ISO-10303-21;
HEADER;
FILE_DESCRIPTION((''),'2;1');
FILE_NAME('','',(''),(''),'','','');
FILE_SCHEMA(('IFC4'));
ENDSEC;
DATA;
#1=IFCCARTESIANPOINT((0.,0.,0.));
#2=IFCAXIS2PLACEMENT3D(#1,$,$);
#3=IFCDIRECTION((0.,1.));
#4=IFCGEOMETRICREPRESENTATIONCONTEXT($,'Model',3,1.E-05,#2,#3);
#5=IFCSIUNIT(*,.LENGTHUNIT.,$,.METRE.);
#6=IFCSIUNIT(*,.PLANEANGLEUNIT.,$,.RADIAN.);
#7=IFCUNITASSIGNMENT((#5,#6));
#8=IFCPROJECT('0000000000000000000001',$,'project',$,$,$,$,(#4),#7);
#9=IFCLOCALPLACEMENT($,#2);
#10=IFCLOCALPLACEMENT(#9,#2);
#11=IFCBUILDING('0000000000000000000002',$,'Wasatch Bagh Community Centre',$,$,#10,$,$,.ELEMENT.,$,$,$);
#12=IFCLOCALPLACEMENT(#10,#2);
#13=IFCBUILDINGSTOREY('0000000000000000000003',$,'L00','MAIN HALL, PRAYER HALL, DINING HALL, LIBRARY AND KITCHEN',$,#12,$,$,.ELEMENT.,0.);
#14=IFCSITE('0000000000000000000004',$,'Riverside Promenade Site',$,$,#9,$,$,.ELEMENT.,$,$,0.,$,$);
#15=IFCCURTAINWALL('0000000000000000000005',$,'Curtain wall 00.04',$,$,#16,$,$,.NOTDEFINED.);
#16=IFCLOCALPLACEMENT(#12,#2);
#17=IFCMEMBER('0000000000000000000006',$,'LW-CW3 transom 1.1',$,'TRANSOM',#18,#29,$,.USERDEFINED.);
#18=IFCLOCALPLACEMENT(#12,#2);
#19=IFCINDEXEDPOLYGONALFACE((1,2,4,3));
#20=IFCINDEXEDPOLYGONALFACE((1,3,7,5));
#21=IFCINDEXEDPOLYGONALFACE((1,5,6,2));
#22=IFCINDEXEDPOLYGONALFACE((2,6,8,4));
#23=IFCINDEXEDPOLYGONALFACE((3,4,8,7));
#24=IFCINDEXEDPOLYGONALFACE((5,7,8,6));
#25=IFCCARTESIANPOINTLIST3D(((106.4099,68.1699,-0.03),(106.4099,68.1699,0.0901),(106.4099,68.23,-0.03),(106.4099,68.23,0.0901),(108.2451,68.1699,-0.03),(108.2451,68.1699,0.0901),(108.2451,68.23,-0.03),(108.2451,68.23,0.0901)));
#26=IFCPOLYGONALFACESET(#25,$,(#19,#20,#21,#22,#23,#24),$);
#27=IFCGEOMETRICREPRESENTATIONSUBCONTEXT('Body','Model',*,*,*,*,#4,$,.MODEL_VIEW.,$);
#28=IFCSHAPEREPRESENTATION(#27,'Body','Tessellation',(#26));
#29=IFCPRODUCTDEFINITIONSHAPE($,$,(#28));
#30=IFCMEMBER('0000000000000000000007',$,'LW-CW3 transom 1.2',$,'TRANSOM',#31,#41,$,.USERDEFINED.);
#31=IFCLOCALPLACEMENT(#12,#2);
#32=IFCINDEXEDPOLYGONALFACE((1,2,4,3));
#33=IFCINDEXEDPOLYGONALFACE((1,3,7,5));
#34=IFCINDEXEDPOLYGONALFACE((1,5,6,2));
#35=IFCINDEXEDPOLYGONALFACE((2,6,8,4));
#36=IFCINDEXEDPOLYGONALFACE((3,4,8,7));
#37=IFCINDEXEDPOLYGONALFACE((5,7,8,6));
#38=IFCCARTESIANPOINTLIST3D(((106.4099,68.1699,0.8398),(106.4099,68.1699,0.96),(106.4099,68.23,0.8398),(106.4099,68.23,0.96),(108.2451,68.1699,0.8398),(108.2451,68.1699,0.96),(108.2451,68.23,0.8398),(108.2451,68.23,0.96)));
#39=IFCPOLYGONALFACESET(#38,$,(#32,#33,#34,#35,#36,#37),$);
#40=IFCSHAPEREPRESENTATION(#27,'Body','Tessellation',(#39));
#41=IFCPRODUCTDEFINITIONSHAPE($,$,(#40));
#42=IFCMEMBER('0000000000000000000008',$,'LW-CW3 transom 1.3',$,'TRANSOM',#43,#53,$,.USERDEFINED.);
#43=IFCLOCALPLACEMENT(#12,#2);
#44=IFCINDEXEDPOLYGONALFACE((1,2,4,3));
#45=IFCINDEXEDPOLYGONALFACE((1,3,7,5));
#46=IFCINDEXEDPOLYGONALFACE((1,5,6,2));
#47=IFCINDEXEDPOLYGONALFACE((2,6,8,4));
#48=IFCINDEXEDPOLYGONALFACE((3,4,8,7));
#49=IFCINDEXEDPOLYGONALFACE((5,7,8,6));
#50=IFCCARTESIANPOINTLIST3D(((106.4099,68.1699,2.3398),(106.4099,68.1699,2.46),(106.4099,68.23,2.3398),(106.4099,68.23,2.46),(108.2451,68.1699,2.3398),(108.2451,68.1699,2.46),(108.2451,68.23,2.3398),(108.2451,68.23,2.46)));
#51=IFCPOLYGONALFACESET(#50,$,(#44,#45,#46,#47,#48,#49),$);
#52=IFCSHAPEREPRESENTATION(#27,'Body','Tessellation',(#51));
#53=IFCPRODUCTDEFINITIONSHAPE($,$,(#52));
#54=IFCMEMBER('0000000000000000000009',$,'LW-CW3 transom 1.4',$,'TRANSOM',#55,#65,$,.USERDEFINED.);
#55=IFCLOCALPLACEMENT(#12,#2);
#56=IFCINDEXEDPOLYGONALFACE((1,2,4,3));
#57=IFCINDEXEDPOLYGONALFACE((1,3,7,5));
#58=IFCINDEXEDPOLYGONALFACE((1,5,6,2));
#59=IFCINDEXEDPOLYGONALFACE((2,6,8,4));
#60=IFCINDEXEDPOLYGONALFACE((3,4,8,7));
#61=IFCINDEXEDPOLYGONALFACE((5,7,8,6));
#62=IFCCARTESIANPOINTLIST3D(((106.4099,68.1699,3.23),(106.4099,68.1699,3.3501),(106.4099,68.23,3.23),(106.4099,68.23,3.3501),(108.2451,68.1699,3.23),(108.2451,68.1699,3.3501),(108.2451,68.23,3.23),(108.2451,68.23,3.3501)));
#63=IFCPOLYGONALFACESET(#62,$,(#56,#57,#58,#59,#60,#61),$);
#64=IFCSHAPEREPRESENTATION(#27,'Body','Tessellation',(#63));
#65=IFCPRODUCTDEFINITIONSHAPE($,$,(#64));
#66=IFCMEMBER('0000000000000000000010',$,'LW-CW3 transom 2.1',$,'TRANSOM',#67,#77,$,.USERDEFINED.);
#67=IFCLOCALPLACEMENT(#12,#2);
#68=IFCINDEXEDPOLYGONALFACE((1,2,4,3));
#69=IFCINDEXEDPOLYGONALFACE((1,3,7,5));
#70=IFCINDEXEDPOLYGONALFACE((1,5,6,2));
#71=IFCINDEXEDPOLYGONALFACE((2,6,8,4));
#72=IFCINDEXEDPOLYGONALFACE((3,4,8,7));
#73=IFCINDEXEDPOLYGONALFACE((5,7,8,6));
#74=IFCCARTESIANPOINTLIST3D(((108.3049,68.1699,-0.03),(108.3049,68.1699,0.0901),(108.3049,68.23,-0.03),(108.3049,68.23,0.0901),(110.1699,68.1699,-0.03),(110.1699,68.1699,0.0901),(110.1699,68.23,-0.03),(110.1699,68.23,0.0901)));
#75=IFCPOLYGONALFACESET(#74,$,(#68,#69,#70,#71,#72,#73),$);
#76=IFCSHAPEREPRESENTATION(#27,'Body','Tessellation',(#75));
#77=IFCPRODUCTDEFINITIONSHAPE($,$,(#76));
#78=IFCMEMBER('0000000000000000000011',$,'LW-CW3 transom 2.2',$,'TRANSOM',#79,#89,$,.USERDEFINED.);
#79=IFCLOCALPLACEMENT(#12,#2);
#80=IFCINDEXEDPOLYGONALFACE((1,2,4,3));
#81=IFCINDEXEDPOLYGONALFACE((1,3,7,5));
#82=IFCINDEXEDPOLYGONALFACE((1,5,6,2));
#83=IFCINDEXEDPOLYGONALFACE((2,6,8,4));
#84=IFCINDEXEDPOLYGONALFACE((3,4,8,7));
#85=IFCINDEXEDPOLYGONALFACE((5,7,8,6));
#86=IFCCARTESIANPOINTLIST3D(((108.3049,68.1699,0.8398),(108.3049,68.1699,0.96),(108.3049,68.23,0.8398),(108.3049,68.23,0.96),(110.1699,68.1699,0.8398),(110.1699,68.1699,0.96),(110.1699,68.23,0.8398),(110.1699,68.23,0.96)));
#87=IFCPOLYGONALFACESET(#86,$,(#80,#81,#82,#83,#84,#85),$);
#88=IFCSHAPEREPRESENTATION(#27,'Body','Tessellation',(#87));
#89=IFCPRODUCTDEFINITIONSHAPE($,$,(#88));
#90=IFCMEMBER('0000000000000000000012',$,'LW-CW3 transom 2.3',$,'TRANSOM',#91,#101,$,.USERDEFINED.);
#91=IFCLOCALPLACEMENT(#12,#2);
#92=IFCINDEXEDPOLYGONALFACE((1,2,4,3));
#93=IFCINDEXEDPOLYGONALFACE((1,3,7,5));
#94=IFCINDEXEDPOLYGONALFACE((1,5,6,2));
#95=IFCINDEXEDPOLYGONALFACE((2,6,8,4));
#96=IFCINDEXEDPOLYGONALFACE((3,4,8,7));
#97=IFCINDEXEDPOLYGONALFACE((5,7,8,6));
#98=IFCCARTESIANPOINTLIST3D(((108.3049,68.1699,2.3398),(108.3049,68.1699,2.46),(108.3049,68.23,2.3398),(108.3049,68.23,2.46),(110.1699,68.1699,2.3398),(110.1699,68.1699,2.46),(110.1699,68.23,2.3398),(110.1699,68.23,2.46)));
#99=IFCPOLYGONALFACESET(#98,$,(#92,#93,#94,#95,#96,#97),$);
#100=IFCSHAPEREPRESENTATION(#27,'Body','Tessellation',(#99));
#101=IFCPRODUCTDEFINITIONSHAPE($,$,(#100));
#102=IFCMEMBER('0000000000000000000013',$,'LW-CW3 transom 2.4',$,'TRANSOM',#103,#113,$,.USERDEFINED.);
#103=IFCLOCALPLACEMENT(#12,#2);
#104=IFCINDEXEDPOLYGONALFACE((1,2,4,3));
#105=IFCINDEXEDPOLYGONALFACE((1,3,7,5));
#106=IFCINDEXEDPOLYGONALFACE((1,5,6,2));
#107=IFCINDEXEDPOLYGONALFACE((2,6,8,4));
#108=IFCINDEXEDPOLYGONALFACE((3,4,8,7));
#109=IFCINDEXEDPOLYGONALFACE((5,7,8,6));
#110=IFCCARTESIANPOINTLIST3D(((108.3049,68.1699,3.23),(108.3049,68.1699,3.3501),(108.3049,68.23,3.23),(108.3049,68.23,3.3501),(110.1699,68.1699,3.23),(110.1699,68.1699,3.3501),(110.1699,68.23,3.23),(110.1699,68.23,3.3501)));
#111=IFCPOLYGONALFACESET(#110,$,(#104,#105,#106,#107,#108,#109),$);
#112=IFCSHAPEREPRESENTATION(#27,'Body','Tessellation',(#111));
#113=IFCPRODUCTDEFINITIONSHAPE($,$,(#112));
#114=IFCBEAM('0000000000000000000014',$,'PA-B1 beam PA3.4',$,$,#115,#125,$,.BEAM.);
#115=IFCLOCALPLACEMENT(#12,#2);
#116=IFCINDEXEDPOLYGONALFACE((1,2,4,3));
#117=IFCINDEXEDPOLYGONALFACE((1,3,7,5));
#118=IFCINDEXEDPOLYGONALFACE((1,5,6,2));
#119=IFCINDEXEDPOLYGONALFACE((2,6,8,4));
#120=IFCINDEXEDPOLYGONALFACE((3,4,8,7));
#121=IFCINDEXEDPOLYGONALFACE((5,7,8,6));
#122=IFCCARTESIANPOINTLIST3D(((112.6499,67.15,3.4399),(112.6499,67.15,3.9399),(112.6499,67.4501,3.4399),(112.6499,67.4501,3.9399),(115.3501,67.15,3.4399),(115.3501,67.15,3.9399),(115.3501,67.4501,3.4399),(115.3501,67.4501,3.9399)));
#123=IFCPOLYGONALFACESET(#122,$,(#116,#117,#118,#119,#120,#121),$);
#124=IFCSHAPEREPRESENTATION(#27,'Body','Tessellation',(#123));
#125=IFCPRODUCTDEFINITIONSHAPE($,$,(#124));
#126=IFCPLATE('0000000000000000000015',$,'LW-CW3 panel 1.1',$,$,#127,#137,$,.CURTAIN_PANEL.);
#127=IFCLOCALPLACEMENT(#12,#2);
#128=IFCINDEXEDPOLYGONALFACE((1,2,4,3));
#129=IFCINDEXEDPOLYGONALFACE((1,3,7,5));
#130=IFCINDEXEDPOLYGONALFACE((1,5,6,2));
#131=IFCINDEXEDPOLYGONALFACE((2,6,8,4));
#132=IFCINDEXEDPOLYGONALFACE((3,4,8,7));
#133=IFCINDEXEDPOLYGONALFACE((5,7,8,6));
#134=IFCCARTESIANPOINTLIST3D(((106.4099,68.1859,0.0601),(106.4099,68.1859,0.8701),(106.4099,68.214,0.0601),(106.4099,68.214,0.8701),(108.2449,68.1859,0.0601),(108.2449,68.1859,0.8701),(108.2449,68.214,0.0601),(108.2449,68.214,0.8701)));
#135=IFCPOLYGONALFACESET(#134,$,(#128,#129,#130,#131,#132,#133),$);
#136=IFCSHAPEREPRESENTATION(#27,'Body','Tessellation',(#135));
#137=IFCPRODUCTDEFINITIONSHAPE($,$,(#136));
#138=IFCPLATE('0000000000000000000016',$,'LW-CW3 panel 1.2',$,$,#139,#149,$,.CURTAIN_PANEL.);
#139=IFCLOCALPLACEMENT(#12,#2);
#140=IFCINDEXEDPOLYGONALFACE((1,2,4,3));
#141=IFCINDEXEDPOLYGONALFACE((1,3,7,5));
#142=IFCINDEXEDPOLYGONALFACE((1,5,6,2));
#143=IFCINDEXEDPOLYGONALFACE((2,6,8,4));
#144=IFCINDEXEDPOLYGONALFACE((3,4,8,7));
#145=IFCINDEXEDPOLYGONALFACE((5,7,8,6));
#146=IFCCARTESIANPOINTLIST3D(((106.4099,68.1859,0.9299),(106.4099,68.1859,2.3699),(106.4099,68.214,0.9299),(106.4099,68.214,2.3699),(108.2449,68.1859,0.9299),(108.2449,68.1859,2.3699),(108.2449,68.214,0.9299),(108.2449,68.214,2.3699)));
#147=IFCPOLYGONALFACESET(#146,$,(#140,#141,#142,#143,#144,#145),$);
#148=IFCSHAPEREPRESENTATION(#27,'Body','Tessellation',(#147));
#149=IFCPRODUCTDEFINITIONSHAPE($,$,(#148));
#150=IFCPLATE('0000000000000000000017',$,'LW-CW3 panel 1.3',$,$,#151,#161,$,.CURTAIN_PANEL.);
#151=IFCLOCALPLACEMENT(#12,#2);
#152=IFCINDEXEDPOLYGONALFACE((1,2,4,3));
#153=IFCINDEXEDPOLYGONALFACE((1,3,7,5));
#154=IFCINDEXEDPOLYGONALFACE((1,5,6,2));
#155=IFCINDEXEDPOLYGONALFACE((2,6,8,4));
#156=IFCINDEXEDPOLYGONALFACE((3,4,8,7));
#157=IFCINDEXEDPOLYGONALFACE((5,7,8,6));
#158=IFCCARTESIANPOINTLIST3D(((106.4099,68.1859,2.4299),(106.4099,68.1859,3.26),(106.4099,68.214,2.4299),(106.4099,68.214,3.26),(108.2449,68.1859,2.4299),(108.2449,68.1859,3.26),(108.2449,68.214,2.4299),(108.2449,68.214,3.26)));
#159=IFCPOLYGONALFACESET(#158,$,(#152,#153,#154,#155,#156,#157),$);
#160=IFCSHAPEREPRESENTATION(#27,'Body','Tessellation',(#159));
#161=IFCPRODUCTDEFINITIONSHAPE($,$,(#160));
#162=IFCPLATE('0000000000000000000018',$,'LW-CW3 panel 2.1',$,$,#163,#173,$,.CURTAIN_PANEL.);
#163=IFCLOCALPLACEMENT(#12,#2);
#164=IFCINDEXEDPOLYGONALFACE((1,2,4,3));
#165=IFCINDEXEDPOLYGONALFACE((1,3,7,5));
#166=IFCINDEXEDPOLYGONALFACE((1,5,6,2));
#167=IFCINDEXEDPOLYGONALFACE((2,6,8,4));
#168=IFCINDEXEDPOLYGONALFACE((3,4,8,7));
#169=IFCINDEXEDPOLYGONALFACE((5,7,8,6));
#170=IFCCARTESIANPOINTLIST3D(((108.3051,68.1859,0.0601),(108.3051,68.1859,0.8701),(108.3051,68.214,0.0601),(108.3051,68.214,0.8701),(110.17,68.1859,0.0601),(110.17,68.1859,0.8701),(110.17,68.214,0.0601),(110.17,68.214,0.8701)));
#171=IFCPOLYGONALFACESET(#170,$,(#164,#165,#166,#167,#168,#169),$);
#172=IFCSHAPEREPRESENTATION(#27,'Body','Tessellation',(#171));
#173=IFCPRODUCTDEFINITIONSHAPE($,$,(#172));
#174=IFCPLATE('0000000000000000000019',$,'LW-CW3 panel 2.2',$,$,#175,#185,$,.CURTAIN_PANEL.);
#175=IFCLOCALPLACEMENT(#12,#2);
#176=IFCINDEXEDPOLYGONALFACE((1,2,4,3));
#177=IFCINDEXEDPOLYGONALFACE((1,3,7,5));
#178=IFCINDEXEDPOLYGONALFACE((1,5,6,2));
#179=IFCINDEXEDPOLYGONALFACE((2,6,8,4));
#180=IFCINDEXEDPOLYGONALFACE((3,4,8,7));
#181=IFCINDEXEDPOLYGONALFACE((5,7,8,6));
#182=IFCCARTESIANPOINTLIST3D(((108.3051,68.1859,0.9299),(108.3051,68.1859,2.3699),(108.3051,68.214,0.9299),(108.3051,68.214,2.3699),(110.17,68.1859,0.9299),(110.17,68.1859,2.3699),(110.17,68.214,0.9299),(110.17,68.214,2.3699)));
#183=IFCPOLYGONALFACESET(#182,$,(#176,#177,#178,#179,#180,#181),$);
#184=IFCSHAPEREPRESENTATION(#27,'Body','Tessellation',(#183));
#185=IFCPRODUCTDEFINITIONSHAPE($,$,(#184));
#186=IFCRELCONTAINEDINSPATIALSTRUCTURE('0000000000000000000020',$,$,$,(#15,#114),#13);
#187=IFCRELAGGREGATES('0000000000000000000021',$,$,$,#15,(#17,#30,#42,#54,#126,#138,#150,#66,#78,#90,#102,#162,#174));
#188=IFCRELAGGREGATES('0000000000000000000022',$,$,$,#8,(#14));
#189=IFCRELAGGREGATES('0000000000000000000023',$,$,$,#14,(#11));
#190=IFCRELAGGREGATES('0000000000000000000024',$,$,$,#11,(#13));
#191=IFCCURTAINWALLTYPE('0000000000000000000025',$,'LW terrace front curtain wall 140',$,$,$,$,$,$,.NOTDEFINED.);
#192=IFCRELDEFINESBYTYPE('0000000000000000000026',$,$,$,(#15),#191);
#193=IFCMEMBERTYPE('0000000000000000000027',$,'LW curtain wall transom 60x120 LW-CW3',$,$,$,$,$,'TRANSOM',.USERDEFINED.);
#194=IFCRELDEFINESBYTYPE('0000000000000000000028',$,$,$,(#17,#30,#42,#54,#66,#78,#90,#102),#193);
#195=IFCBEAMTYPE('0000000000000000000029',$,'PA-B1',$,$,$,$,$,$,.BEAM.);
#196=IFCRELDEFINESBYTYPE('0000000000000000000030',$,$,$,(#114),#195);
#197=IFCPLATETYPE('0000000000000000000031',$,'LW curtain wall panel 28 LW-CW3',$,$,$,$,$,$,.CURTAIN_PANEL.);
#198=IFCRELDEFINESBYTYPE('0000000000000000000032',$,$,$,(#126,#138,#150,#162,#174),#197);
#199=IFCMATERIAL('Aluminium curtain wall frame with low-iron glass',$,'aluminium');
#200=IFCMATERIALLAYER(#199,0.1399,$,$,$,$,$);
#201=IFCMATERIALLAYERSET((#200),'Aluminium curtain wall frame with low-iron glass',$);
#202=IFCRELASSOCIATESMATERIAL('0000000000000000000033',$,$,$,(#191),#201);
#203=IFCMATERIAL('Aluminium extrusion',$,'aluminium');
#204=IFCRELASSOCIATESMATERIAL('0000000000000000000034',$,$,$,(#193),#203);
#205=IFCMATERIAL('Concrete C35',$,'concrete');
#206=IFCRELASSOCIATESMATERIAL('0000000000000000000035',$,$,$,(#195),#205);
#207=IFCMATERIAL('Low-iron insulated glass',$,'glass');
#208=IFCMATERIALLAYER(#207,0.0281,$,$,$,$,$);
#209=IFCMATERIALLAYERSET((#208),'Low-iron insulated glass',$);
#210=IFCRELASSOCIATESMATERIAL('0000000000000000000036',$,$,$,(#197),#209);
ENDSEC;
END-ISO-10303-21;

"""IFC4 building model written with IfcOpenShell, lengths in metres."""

from ifc_helpers import new_model, si_unit, direction, frame, origin, origin_2d, place, context, subcontext, project, spatial, rectangle, extrude, material, layer, layer_set, material_profile, profile_set, type_object, element, aggregate, save


model = new_model("IFC4")

# Units and contexts
model_context = context("Model", 3, precision=1e-05, world=origin(), true_north=direction((0.0, 1.0)))
body_context = subcontext(model_context, "Body", "Model", "MODEL_VIEW")
ifc_project = project(units=[si_unit("LENGTHUNIT", "METRE"), si_unit("PLANEANGLEUNIT", "RADIAN")], contexts=[model_context])

# Site, building, storey
site_placement = place(None, origin())
site = spatial("IfcSite", under=ifc_project, at=site_placement, Name="Riverside Promenade Site", CompositionType="ELEMENT", RefElevation=0.0)
building_placement = place(site_placement, origin())
building = spatial("IfcBuilding", under=site, at=building_placement, Name="Wasatch Bagh Community Centre", CompositionType="ELEMENT")
storey_placement = place(building_placement, origin())
storey = spatial("IfcBuildingStorey", under=building, at=storey_placement, Name="L00", Description="MAIN HALL, PRAYER HALL, DINING HALL, LIBRARY AND KITCHEN", CompositionType="ELEMENT", Elevation=0.0)

# Shared definitions
ifc_material_1 = material(Name="Concrete C35", Category="concrete")

# Curtain wall, members
ifc_material_2 = material(Name="Aluminium curtain wall frame with low-iron glass", Category="aluminium")
ifc_layer_1 = layer(ifc_material_2, 0.1399)
ifc_layer_set_1 = layer_set([ifc_layer_1], Name="Aluminium curtain wall frame with low-iron glass")
curtain_wall_type = type_object("IfcCurtainWallType", Name="LW terrace front curtain wall 140", PredefinedType="NOTDEFINED", material=ifc_layer_set_1)
curtain_wall_placement = place(storey_placement, origin())
curtain_wall = element("IfcCurtainWall", 1, at=curtain_wall_placement, inside=storey, type_object=curtain_wall_type, Name="Curtain wall 00.04", PredefinedType="NOTDEFINED")
ifc_material_3 = material(Name="Aluminium extrusion", Category="aluminium")
ifc_material_profile_1 = material_profile(ifc_material_3, rectangle(XDim=0.0601, YDim=0.1201, at=origin_2d()), Name="AL 60x120")
ifc_profile_set_1 = profile_set([ifc_material_profile_1], Name="Aluminium extrusion")
member_type_1 = type_object("IfcMemberType", Name="LW curtain wall transom 60x120 LW-CW3", ElementType="TRANSOM", PredefinedType="USERDEFINED", material=ifc_profile_set_1)
member_1_placement = place(storey_placement, frame((106.4099, 68.2, 0.03), z_axis=(1.0, 0.0, 0.0), x_axis=(0.0, 1.0, 0.0)))
member_1 = element("IfcMember", 2, at=member_1_placement, type_object=member_type_1, Name="LW-CW3 transom 1.1", ObjectType="TRANSOM", PredefinedType="USERDEFINED", context=body_context, shape_type="SweptSolid", body=[
    extrude(rectangle(XDim=0.0601, YDim=0.1201, at=origin_2d()), origin(), (0.0, 0.0, 1.0), 1.8352),
])
member_2_placement = place(storey_placement, frame((106.4099, 68.2, 0.8999), z_axis=(1.0, 0.0, 0.0), x_axis=(0.0, 1.0, 0.0)))
member_2 = element("IfcMember", 3, at=member_2_placement, type_object=member_type_1, Name="LW-CW3 transom 1.2", ObjectType="TRANSOM", PredefinedType="USERDEFINED", context=body_context, shape_type="SweptSolid", body=[
    extrude(rectangle(XDim=0.0601, YDim=0.1201, at=origin_2d()), origin(), (0.0, 0.0, 1.0), 1.8352),
])
member_3_placement = place(storey_placement, frame((106.4099, 68.2, 2.3999), z_axis=(1.0, 0.0, 0.0), x_axis=(0.0, 1.0, 0.0)))
member_3 = element("IfcMember", 4, at=member_3_placement, type_object=member_type_1, Name="LW-CW3 transom 1.3", ObjectType="TRANSOM", PredefinedType="USERDEFINED", context=body_context, shape_type="SweptSolid", body=[
    extrude(rectangle(XDim=0.0601, YDim=0.1201, at=origin_2d()), origin(), (0.0, 0.0, 1.0), 1.8352),
])
member_4_placement = place(storey_placement, frame((106.4099, 68.2, 3.29), z_axis=(1.0, 0.0, 0.0), x_axis=(0.0, 1.0, 0.0)))
member_4 = element("IfcMember", 5, at=member_4_placement, type_object=member_type_1, Name="LW-CW3 transom 1.4", ObjectType="TRANSOM", PredefinedType="USERDEFINED", context=body_context, shape_type="SweptSolid", body=[
    extrude(rectangle(XDim=0.0601, YDim=0.1201, at=origin_2d()), origin(), (0.0, 0.0, 1.0), 1.8352),
])
member_5_placement = place(storey_placement, frame((108.3049, 68.2, 0.03), z_axis=(1.0, 0.0, 0.0), x_axis=(0.0, 1.0, 0.0)))
member_5 = element("IfcMember", 6, at=member_5_placement, type_object=member_type_1, Name="LW-CW3 transom 2.1", ObjectType="TRANSOM", PredefinedType="USERDEFINED", context=body_context, shape_type="SweptSolid", body=[
    extrude(rectangle(XDim=0.0601, YDim=0.1201, at=origin_2d()), origin(), (0.0, 0.0, 1.0), 1.865),
])
member_6_placement = place(storey_placement, frame((108.3049, 68.2, 0.8999), z_axis=(1.0, 0.0, 0.0), x_axis=(0.0, 1.0, 0.0)))
member_6 = element("IfcMember", 7, at=member_6_placement, type_object=member_type_1, Name="LW-CW3 transom 2.2", ObjectType="TRANSOM", PredefinedType="USERDEFINED", context=body_context, shape_type="SweptSolid", body=[
    extrude(rectangle(XDim=0.0601, YDim=0.1201, at=origin_2d()), origin(), (0.0, 0.0, 1.0), 1.865),
])
member_7_placement = place(storey_placement, frame((108.3049, 68.2, 2.3999), z_axis=(1.0, 0.0, 0.0), x_axis=(0.0, 1.0, 0.0)))
member_7 = element("IfcMember", 8, at=member_7_placement, type_object=member_type_1, Name="LW-CW3 transom 2.3", ObjectType="TRANSOM", PredefinedType="USERDEFINED", context=body_context, shape_type="SweptSolid", body=[
    extrude(rectangle(XDim=0.0601, YDim=0.1201, at=origin_2d()), origin(), (0.0, 0.0, 1.0), 1.865),
])
member_8_placement = place(storey_placement, frame((108.3049, 68.2, 3.29), z_axis=(1.0, 0.0, 0.0), x_axis=(0.0, 1.0, 0.0)))
member_8 = element("IfcMember", 9, at=member_8_placement, type_object=member_type_1, Name="LW-CW3 transom 2.4", ObjectType="TRANSOM", PredefinedType="USERDEFINED", context=body_context, shape_type="SweptSolid", body=[
    extrude(rectangle(XDim=0.0601, YDim=0.1201, at=origin_2d()), origin(), (0.0, 0.0, 1.0), 1.865),
])

# Beam
ifc_material_profile_2 = material_profile(ifc_material_1, rectangle(XDim=0.3, YDim=0.5, at=origin_2d()), Name="RC 300x500")
ifc_profile_set_2 = profile_set([ifc_material_profile_2], Name="Concrete C35")
beam_type = type_object("IfcBeamType", Name="PA-B1", PredefinedType="BEAM", material=ifc_profile_set_2)
beam_placement = place(storey_placement, frame((112.6499, 67.3, 3.6899), z_axis=(1.0, 0.0, 0.0), x_axis=(0.0, 1.0, 0.0)))
element("IfcBeam", 10, at=beam_placement, inside=storey, type_object=beam_type, Name="PA-B1 beam PA3.4", PredefinedType="BEAM", context=body_context, shape_type="SweptSolid", body=[
    extrude(rectangle(XDim=0.3, YDim=0.5, at=origin_2d()), origin(), (0.0, 0.0, 1.0), 2.7002),
])

# Plates
ifc_material_4 = material(Name="Low-iron insulated glass", Category="glass")
ifc_layer_2 = layer(ifc_material_4, 0.0281)
ifc_layer_set_2 = layer_set([ifc_layer_2], Name="Low-iron insulated glass")
plate_type = type_object("IfcPlateType", Name="LW curtain wall panel 28 LW-CW3", PredefinedType="CURTAIN_PANEL", material=ifc_layer_set_2)
plate_1_placement = place(storey_placement, frame((107.3274, 68.2, 0.0601), z_axis=(0.0, 0.0, 1.0), x_axis=(1.0, 0.0, 0.0)))
plate_1 = element("IfcPlate", 11, at=plate_1_placement, type_object=plate_type, Name="LW-CW3 panel 1.1", PredefinedType="CURTAIN_PANEL", context=body_context, shape_type="SweptSolid", body=[
    extrude(rectangle(XDim=1.835, YDim=0.0281, at=origin_2d()), origin(), (0.0, 0.0, 1.0), 0.8101),
])
plate_2_placement = place(storey_placement, frame((107.3274, 68.2, 0.9299), z_axis=(0.0, 0.0, 1.0), x_axis=(1.0, 0.0, 0.0)))
plate_2 = element("IfcPlate", 12, at=plate_2_placement, type_object=plate_type, Name="LW-CW3 panel 1.2", PredefinedType="CURTAIN_PANEL", context=body_context, shape_type="SweptSolid", body=[
    extrude(rectangle(XDim=1.835, YDim=0.0281, at=origin_2d()), origin(), (0.0, 0.0, 1.0), 1.4399),
])
plate_3_placement = place(storey_placement, frame((107.3274, 68.2, 2.4299), z_axis=(0.0, 0.0, 1.0), x_axis=(1.0, 0.0, 0.0)))
plate_3 = element("IfcPlate", 13, at=plate_3_placement, type_object=plate_type, Name="LW-CW3 panel 1.3", PredefinedType="CURTAIN_PANEL", context=body_context, shape_type="SweptSolid", body=[
    extrude(rectangle(XDim=1.835, YDim=0.0281, at=origin_2d()), origin(), (0.0, 0.0, 1.0), 0.8301),
])
plate_4_placement = place(storey_placement, frame((109.2375, 68.2, 0.0601), z_axis=(0.0, 0.0, 1.0), x_axis=(1.0, 0.0, 0.0)))
plate_4 = element("IfcPlate", 14, at=plate_4_placement, type_object=plate_type, Name="LW-CW3 panel 2.1", PredefinedType="CURTAIN_PANEL", context=body_context, shape_type="SweptSolid", body=[
    extrude(rectangle(XDim=1.865, YDim=0.0281, at=origin_2d()), origin(), (0.0, 0.0, 1.0), 0.8101),
])
plate_5_placement = place(storey_placement, frame((109.2375, 68.2, 0.9299), z_axis=(0.0, 0.0, 1.0), x_axis=(1.0, 0.0, 0.0)))
plate_5 = element("IfcPlate", 15, at=plate_5_placement, type_object=plate_type, Name="LW-CW3 panel 2.2", PredefinedType="CURTAIN_PANEL", context=body_context, shape_type="SweptSolid", body=[
    extrude(rectangle(XDim=1.865, YDim=0.0281, at=origin_2d()), origin(), (0.0, 0.0, 1.0), 1.4399),
])
aggregate(curtain_wall, [member_1, member_2, member_3, member_4, plate_1, plate_2, plate_3, member_5, member_6, member_7, member_8, plate_4, plate_5])

save(model, "model.ifc")
